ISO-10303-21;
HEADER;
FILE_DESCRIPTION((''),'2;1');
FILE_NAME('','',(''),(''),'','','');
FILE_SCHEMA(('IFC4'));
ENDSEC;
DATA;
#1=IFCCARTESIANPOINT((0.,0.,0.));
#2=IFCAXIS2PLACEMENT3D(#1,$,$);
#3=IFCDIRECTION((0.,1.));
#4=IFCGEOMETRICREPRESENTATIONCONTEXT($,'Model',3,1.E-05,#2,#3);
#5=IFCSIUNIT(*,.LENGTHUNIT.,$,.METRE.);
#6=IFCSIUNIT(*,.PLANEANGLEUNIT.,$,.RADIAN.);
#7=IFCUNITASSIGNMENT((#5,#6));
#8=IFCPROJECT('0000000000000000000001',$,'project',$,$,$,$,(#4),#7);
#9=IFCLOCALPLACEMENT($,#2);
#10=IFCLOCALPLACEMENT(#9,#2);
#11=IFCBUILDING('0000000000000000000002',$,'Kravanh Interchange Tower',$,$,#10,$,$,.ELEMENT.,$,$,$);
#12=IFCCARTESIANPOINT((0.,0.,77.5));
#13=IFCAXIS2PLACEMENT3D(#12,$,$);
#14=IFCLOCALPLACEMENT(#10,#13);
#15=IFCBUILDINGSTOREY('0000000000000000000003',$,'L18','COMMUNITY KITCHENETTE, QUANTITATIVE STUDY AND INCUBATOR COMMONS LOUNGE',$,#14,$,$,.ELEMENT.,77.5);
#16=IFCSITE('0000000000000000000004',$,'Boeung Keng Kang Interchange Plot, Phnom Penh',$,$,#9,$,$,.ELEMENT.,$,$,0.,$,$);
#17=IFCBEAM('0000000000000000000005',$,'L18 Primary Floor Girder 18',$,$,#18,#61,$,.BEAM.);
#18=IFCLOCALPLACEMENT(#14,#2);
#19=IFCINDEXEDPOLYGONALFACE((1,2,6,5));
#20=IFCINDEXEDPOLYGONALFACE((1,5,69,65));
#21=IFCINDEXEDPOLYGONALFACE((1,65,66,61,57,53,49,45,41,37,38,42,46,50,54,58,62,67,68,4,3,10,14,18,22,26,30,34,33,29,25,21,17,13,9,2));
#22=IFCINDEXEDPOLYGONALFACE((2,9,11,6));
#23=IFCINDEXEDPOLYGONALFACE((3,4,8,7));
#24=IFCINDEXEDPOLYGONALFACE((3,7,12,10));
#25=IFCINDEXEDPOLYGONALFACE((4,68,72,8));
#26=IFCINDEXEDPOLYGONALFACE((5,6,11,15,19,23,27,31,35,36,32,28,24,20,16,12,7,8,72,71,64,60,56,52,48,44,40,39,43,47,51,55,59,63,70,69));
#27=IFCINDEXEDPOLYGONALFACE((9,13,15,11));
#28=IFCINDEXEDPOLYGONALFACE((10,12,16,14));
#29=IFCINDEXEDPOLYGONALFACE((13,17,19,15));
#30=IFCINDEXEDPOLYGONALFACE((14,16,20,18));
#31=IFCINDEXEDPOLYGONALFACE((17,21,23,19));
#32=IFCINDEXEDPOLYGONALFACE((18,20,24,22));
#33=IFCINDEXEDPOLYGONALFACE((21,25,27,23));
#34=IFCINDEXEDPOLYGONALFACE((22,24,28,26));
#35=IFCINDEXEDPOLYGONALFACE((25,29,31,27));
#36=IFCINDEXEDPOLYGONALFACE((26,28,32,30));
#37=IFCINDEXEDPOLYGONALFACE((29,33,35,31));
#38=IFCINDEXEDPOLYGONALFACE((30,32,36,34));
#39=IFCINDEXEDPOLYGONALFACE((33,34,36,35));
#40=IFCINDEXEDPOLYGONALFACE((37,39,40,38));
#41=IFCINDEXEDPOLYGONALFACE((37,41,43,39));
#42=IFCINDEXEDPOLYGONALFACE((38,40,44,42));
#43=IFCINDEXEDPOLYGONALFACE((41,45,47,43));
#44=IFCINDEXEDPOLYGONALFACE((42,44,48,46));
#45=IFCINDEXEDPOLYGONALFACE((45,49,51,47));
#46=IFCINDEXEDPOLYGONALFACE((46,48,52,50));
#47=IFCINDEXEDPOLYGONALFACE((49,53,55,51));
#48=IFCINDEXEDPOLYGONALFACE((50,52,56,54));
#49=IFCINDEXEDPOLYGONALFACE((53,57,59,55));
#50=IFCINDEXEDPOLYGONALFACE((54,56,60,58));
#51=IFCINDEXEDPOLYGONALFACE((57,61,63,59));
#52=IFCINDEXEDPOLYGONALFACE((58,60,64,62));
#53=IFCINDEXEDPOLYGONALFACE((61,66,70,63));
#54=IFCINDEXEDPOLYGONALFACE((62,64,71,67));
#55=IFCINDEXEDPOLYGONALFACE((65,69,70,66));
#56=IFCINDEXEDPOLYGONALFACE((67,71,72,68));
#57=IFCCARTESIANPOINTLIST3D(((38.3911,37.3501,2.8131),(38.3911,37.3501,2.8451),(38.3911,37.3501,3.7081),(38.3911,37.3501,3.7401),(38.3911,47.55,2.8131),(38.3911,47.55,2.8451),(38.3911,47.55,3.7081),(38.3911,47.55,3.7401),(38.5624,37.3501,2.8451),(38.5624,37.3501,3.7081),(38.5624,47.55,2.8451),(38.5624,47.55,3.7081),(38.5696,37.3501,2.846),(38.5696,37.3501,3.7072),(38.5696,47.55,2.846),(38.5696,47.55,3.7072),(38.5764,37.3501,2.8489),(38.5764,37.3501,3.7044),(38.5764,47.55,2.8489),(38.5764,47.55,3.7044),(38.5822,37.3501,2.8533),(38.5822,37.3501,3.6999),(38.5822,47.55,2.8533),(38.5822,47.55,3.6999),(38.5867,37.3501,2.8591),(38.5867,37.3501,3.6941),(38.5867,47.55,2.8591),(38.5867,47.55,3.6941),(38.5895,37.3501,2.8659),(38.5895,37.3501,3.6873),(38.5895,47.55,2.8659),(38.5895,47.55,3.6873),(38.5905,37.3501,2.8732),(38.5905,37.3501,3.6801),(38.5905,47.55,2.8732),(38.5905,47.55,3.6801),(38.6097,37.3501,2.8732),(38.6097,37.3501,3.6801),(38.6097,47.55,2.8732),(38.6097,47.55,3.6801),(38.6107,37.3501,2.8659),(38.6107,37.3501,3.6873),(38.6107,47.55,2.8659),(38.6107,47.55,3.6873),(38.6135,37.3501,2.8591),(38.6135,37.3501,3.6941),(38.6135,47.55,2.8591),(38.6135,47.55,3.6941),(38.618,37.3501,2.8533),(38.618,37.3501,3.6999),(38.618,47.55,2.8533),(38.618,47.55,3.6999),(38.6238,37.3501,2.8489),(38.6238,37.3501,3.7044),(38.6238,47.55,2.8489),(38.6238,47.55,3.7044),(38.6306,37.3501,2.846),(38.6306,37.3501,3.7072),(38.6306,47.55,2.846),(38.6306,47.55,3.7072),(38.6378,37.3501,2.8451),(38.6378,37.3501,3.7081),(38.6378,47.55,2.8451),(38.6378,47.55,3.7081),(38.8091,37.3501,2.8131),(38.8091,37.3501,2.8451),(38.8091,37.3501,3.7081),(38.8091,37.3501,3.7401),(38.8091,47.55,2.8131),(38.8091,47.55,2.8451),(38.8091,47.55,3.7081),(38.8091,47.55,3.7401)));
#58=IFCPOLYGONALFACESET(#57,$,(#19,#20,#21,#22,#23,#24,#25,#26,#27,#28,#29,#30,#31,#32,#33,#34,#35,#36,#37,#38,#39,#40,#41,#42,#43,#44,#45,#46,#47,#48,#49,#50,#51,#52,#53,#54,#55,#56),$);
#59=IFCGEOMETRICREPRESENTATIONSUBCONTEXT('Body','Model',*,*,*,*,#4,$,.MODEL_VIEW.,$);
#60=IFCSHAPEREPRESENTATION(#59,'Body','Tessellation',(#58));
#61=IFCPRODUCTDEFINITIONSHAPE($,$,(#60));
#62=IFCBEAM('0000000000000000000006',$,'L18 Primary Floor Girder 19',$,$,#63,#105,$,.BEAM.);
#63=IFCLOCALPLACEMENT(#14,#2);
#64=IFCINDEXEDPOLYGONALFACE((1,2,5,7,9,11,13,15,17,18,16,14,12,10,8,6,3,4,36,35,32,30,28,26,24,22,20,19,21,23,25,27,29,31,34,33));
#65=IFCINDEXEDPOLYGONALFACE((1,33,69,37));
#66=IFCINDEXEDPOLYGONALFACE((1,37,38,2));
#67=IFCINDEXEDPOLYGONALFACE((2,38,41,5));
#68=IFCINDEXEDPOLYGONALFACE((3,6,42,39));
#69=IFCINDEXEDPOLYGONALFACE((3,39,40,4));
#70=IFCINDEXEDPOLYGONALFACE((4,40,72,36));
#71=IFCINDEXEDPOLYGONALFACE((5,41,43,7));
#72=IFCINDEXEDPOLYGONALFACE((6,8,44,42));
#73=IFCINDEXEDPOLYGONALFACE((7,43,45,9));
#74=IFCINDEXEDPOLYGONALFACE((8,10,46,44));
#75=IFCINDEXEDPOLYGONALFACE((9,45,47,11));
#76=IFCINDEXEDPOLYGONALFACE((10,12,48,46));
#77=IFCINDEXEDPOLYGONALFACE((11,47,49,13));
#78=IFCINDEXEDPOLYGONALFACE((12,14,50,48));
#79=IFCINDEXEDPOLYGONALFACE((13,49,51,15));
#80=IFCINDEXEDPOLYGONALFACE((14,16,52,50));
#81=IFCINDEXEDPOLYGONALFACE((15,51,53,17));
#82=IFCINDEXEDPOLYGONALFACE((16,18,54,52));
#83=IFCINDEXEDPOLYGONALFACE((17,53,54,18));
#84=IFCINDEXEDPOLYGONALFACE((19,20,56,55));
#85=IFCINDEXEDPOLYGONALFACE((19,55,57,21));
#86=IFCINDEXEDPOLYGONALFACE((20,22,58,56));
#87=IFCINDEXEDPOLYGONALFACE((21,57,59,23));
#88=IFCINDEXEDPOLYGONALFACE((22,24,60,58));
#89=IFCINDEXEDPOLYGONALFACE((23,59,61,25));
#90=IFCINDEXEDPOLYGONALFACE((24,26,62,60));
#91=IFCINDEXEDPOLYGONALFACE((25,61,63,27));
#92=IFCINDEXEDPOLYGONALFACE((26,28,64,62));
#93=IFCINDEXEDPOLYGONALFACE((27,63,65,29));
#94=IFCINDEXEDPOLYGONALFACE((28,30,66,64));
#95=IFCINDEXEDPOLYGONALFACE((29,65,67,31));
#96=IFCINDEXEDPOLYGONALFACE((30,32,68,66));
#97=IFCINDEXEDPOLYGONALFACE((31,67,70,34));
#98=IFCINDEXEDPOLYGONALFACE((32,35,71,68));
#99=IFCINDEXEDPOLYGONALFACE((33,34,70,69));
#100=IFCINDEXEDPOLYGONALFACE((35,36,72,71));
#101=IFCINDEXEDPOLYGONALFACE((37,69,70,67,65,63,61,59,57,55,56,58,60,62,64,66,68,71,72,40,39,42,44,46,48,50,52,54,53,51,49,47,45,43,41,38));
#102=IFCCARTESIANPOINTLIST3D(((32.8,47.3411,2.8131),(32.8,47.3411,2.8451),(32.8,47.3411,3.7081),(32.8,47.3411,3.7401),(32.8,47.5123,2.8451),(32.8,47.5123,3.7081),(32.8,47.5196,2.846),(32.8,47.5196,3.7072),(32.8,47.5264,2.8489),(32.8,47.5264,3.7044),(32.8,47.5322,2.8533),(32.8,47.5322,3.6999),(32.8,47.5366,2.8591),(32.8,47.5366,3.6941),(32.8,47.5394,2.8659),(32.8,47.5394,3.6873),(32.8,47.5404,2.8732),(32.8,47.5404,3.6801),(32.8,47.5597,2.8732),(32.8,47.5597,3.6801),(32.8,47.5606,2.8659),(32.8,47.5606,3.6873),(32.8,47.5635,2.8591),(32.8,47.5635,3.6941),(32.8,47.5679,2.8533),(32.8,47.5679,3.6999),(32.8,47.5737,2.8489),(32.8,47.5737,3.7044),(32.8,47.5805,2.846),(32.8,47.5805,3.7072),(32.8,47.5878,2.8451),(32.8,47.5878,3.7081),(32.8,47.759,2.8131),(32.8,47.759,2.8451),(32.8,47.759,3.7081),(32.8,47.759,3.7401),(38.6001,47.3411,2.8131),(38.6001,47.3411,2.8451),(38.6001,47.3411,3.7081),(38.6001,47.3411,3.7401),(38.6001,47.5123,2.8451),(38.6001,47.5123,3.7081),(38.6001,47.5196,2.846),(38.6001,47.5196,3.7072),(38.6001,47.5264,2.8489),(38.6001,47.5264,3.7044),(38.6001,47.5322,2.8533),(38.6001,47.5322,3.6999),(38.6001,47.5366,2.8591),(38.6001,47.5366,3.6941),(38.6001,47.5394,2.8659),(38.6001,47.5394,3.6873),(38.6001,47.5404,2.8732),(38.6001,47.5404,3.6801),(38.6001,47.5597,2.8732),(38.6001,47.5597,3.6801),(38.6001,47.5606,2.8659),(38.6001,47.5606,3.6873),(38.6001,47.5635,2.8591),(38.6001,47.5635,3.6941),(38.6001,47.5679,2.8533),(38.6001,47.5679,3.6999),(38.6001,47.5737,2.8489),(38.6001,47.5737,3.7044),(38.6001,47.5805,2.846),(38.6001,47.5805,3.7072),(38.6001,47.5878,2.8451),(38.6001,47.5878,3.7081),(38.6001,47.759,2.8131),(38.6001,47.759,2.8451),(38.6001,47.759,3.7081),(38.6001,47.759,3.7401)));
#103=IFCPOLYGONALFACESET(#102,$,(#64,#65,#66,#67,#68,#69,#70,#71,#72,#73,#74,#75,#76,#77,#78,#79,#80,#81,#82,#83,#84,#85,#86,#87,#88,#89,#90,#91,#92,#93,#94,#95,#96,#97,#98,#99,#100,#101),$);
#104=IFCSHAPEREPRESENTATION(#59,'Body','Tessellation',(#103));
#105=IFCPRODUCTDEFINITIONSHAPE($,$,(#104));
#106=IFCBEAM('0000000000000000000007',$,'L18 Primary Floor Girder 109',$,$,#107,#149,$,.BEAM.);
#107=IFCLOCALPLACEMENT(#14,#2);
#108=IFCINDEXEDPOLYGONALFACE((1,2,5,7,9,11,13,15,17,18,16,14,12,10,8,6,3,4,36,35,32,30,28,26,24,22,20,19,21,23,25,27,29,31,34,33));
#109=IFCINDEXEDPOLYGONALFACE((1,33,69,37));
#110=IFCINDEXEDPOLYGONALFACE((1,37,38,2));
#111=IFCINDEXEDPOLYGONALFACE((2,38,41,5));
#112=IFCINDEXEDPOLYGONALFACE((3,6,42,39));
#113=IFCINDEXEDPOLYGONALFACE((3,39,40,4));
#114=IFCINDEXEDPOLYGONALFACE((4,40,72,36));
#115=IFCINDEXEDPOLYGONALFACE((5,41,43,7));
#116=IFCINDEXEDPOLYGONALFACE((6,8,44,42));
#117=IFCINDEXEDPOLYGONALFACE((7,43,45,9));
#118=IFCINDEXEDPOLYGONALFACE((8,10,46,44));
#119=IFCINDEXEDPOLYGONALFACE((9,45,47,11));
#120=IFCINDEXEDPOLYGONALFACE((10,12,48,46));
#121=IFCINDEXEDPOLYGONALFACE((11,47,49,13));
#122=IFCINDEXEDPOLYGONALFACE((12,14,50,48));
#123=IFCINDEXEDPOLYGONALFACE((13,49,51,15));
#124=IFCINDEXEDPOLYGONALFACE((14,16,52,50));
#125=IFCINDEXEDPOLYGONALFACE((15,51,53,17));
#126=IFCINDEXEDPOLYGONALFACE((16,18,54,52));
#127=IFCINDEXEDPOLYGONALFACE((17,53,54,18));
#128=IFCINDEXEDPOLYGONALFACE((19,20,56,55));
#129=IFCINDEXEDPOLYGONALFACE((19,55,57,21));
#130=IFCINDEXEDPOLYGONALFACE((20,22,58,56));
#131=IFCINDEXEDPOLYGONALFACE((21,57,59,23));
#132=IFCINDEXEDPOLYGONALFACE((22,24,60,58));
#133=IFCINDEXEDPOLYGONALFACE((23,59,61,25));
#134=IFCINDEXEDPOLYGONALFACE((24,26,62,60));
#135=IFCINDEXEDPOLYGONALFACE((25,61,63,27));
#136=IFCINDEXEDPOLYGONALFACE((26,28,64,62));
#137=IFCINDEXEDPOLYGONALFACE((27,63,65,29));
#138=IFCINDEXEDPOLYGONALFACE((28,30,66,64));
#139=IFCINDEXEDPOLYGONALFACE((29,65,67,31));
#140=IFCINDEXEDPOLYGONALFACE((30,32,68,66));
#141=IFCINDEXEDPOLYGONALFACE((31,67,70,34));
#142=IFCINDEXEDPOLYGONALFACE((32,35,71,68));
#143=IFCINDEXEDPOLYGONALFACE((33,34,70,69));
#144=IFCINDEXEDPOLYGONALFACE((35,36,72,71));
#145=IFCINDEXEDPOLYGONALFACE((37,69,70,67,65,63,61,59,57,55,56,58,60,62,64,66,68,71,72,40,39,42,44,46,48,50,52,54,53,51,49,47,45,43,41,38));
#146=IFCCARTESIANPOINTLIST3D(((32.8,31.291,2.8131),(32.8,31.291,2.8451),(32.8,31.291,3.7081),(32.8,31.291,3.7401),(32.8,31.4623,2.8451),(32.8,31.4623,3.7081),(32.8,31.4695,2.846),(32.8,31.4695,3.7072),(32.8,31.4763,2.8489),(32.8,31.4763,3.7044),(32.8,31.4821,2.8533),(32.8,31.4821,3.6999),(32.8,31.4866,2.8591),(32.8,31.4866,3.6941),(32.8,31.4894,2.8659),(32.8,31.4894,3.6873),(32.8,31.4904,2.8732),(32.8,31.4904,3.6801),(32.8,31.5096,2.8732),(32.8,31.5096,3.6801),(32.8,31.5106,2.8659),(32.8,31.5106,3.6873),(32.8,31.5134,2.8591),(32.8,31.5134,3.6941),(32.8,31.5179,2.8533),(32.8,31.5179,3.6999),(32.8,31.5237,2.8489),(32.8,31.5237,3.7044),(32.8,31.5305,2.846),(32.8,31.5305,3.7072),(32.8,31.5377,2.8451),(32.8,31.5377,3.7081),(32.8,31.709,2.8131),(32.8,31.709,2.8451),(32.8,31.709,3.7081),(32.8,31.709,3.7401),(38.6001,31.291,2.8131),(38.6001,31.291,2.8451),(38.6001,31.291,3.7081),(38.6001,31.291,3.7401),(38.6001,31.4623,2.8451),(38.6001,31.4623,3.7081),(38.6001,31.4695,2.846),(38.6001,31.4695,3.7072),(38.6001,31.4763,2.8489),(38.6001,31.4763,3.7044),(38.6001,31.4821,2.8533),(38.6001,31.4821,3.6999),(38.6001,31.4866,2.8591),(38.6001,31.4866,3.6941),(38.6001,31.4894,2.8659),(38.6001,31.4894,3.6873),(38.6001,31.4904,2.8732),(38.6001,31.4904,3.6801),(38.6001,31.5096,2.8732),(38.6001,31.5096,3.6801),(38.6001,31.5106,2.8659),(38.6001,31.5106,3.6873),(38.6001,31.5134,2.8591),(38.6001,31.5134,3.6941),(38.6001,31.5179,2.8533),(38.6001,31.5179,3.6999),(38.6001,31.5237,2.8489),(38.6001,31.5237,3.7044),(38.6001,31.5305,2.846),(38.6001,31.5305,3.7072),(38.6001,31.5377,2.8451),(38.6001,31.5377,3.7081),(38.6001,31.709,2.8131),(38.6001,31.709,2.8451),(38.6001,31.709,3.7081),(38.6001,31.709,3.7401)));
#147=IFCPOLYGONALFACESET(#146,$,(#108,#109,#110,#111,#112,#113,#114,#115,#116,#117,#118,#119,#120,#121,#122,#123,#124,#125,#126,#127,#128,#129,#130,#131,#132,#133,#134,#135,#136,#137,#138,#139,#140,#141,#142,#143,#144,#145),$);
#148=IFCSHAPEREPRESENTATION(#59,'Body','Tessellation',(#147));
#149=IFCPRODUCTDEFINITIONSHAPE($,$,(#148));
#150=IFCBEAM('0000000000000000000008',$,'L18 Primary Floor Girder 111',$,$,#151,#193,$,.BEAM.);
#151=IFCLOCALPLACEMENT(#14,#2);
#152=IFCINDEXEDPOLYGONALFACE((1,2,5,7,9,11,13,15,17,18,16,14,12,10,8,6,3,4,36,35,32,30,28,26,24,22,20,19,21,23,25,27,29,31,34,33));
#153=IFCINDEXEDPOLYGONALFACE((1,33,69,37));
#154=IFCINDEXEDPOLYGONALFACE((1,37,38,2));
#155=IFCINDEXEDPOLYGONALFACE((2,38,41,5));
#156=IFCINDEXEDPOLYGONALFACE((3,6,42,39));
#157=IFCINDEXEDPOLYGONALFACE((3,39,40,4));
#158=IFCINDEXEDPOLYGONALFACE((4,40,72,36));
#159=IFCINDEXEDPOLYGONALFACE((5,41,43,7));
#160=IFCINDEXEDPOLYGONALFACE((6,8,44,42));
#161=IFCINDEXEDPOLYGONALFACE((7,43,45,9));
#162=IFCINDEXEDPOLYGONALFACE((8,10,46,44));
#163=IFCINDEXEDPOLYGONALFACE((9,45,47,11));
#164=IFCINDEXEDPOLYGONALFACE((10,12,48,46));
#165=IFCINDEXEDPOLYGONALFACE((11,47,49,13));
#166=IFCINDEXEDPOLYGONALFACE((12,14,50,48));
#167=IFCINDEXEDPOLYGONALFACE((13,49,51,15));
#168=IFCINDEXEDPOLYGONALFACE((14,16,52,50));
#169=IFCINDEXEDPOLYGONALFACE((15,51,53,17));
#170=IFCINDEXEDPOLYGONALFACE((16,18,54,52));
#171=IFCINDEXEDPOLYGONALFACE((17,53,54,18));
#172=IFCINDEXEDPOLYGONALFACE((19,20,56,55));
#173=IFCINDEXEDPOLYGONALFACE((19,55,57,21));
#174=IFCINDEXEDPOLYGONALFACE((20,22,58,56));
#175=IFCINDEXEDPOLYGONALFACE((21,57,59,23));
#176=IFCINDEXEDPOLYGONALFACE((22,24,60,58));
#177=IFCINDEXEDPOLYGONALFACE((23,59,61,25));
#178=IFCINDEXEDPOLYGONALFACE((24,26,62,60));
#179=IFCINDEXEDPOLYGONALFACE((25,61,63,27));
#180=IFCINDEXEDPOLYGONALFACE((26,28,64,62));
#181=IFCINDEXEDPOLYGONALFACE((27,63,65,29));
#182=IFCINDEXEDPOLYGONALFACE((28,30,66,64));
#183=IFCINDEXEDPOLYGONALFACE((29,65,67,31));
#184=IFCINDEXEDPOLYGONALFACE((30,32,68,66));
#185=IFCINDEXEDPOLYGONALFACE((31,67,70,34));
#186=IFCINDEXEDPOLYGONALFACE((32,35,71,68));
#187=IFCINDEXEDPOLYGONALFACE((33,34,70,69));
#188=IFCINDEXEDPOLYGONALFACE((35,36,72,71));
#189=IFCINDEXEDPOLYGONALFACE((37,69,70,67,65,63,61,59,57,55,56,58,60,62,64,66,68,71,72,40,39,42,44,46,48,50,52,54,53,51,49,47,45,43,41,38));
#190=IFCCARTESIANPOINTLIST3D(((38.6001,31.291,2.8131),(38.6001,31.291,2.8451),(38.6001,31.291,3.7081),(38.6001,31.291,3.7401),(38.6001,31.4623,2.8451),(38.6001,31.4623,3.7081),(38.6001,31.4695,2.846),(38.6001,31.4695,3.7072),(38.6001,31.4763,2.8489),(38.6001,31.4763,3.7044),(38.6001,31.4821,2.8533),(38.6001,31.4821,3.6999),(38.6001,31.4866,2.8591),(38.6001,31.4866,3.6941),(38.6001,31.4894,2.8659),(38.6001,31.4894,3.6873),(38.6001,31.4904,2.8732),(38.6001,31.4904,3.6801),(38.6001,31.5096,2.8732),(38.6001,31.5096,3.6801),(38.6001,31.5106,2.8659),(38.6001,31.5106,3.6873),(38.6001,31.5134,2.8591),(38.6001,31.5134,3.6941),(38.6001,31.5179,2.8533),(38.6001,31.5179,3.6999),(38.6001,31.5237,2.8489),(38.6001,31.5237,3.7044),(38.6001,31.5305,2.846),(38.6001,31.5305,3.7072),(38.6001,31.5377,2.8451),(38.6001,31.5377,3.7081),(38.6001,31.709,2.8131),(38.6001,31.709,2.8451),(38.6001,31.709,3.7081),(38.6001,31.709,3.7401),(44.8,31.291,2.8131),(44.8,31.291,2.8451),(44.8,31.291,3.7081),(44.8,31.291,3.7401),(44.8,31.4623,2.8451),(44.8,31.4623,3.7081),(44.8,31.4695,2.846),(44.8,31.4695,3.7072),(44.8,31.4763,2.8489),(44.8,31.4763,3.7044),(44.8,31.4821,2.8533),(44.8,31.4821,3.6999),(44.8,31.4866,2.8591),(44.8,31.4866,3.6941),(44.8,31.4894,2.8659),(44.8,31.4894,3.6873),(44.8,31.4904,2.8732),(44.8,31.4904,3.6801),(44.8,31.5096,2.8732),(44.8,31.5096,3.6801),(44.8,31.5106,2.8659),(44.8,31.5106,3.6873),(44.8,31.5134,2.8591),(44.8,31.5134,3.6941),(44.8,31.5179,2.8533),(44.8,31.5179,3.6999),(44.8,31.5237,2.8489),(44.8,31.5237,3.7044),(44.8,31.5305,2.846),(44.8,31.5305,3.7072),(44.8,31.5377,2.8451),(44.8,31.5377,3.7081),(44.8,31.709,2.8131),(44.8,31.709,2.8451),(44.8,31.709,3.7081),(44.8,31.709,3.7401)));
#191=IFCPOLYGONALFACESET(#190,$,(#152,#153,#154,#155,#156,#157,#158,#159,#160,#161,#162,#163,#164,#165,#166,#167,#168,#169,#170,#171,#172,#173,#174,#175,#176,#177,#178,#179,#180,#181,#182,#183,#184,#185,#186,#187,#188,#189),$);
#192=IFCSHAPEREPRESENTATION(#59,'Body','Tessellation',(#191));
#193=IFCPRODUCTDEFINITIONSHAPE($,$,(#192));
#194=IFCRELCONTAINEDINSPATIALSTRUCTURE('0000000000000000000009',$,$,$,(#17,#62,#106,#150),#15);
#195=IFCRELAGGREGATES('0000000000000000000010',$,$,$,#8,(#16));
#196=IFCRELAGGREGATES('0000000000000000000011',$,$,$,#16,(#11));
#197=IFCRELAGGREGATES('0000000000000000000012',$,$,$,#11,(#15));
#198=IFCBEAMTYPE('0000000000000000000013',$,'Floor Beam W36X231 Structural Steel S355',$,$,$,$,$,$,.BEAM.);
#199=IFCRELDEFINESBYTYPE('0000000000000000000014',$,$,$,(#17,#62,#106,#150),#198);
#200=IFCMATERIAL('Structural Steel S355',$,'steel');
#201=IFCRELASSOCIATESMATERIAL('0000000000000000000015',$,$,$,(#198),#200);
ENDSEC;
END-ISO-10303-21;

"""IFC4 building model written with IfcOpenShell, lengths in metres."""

from ifc_helpers import new_model, si_unit, direction, frame, origin, origin_2d, place, context, subcontext, project, spatial, i_section, extrude, material, material_profile, profile_set, type_object, element, save


model = new_model("IFC4")

# Units and contexts
model_context = context("Model", 3, precision=1e-05, world=origin(), true_north=direction((0.0, 1.0)))
body_context = subcontext(model_context, "Body", "Model", "MODEL_VIEW")
ifc_project = project(units=[si_unit("LENGTHUNIT", "METRE"), si_unit("PLANEANGLEUNIT", "RADIAN")], contexts=[model_context])

# Site, building, storey
site_placement = place(None, origin())
site = spatial("IfcSite", under=ifc_project, at=site_placement, Name="Boeung Keng Kang Interchange Plot, Phnom Penh", CompositionType="ELEMENT", RefElevation=0.0)
building_placement = place(site_placement, origin())
building = spatial("IfcBuilding", under=site, at=building_placement, Name="Kravanh Interchange Tower", CompositionType="ELEMENT")
storey_placement = place(building_placement, frame((0.0, 0.0, 77.5)))
storey = spatial("IfcBuildingStorey", under=building, at=storey_placement, Name="L18", Description="COMMUNITY KITCHENETTE, QUANTITATIVE STUDY AND INCUBATOR COMMONS LOUNGE", CompositionType="ELEMENT", Elevation=77.5)

# Beams
ifc_material_1 = material(Name="Structural Steel S355", Category="steel")
ifc_material_profile_1 = material_profile(ifc_material_1, i_section(OverallWidth=0.418, OverallDepth=0.927, WebThickness=0.0193, FlangeThickness=0.032, FilletRadius=0.0281, at=origin_2d()), Name="W36X231")
ifc_profile_set_1 = profile_set([ifc_material_profile_1], Name="Structural Steel S355")
beam_type_1 = type_object("IfcBeamType", Name="Floor Beam W36X231 Structural Steel S355", PredefinedType="BEAM", material=ifc_profile_set_1)
beam_1_placement = place(storey_placement, frame((38.6001, 37.3501, 3.2766), z_axis=(0.0, 1.0, 0.0), x_axis=(-1.0, 0.0, 0.0)))
element("IfcBeam", 1, at=beam_1_placement, inside=storey, type_object=beam_type_1, Name="L18 Primary Floor Girder 18", PredefinedType="BEAM", context=body_context, shape_type="SweptSolid", body=[
    extrude(i_section(OverallWidth=0.418, OverallDepth=0.927, WebThickness=0.0193, FlangeThickness=0.032, FilletRadius=0.0281, at=origin_2d()), origin(), (0.0, 0.0, 1.0), 10.2),
])
for number, where, z_axis, x_axis, name in (
    (2, (38.6001, 47.55, 3.2766), (-1.0, 0.0, 0.0), (0.0, -1.0, 0.0), "L18 Primary Floor Girder 19"),
    (3, (32.8, 31.5, 3.2766), (1.0, 0.0, 0.0), (0.0, 1.0, 0.0), "L18 Primary Floor Girder 109"),
):
    element("IfcBeam", number, at=place(storey_placement, frame(where, z_axis=z_axis, x_axis=x_axis)), inside=storey, type_object=beam_type_1, Name=name, PredefinedType="BEAM", context=body_context, shape_type="SweptSolid", body=[
        extrude(i_section(OverallWidth=0.418, OverallDepth=0.927, WebThickness=0.0193, FlangeThickness=0.032, FilletRadius=0.0281, at=origin_2d()), origin(), (0.0, 0.0, 1.0), 5.8),
    ])
beam_2_placement = place(storey_placement, frame((38.6001, 31.5, 3.2766), z_axis=(1.0, 0.0, 0.0), x_axis=(0.0, 1.0, 0.0)))
element("IfcBeam", 4, at=beam_2_placement, inside=storey, type_object=beam_type_1, Name="L18 Primary Floor Girder 111", PredefinedType="BEAM", context=body_context, shape_type="SweptSolid", body=[
    extrude(i_section(OverallWidth=0.418, OverallDepth=0.927, WebThickness=0.0193, FlangeThickness=0.032, FilletRadius=0.0281, at=origin_2d()), origin(), (0.0, 0.0, 1.0), 6.2),
])

save(model, "model.ifc")
